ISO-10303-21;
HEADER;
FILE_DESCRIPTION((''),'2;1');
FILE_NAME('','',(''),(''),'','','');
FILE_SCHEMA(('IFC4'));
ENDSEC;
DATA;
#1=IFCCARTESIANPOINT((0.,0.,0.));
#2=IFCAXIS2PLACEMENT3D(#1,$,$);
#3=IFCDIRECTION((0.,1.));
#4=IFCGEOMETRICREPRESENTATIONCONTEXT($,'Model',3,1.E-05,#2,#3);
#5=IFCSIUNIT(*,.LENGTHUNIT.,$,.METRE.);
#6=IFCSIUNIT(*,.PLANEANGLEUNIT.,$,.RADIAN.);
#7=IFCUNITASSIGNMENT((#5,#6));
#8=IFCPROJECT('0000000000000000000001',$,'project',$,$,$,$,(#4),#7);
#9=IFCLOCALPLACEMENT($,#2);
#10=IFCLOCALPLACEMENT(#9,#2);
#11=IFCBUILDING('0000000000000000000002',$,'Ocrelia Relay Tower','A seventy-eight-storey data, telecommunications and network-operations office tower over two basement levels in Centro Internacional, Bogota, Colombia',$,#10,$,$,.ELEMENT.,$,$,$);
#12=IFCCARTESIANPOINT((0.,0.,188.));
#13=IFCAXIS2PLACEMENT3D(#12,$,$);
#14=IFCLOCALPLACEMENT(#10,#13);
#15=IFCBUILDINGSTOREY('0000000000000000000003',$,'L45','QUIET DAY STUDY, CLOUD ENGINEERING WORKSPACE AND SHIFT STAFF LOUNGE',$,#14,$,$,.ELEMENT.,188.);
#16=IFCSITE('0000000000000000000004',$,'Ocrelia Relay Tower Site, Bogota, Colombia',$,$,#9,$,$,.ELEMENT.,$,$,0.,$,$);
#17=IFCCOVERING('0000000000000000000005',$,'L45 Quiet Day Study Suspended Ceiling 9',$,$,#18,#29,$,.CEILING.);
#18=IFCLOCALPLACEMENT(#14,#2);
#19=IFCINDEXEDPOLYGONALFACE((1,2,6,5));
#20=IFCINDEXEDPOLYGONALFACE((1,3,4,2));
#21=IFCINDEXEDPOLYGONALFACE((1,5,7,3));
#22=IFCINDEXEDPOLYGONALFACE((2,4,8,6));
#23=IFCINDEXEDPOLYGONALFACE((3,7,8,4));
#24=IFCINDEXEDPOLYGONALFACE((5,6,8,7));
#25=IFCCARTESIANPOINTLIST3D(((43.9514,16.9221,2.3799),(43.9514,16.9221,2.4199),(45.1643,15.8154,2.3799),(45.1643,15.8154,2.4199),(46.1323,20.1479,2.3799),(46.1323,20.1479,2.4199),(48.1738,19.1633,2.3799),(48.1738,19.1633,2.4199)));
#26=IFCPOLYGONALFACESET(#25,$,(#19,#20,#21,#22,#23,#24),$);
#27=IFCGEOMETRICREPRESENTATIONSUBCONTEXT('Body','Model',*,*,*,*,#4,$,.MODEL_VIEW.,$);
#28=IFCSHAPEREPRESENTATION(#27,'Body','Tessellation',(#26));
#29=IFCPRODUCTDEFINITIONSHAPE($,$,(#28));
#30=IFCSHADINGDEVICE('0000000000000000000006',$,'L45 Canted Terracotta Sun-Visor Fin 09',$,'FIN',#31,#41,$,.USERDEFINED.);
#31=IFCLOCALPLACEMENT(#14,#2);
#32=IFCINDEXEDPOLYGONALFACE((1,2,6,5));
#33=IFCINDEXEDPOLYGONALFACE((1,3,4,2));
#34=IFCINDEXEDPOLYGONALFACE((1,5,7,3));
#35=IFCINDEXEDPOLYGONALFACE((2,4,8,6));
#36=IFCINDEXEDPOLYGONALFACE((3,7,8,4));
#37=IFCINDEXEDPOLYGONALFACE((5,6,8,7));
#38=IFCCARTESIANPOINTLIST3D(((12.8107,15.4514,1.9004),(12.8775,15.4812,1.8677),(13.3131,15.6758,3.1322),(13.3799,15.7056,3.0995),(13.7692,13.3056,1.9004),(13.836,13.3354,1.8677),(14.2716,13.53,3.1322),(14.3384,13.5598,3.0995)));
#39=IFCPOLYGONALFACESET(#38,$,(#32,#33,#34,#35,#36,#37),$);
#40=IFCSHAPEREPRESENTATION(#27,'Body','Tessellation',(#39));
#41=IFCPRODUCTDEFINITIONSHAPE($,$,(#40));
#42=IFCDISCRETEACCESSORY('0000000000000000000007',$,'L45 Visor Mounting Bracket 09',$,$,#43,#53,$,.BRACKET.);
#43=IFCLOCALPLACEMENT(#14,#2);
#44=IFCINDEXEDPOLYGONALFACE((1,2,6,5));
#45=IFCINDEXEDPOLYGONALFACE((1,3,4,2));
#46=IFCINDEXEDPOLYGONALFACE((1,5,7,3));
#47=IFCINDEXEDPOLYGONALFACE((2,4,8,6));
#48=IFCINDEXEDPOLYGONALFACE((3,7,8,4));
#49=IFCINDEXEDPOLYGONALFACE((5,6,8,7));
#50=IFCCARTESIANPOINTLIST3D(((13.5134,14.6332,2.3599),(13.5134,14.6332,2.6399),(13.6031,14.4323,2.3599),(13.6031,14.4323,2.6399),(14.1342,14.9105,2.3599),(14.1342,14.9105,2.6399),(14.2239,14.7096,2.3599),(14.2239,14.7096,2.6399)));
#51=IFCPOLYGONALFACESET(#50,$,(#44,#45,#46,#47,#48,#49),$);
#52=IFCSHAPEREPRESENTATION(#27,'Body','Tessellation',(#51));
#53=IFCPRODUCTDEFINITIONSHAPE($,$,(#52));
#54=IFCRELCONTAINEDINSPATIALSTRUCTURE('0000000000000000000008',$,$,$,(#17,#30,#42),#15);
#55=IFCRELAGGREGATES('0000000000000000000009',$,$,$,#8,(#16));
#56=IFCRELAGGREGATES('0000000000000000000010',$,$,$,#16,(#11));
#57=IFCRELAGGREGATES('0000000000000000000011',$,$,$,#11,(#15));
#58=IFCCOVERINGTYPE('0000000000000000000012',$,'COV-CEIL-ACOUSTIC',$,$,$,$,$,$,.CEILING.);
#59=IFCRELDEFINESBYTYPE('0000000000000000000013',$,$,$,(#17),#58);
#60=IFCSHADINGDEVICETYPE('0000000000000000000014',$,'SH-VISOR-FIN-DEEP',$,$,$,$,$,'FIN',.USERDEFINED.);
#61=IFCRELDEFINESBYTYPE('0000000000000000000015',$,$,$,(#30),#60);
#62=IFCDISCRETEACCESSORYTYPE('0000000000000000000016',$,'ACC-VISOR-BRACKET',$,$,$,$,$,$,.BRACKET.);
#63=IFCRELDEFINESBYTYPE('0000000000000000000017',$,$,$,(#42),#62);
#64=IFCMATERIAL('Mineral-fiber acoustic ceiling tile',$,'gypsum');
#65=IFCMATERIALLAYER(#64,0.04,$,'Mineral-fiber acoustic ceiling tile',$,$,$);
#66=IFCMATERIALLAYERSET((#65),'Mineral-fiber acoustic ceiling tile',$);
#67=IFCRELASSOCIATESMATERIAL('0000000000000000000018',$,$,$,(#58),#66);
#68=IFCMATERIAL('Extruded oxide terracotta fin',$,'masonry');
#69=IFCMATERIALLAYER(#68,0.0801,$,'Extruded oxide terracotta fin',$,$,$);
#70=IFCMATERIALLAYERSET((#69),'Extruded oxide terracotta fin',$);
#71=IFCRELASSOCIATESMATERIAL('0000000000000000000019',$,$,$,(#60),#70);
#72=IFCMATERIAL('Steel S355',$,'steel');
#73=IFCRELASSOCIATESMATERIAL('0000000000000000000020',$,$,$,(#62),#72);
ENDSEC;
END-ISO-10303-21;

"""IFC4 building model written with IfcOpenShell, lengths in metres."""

from ifc_helpers import new_model, si_unit, direction, frame, origin, origin_2d, place, context, subcontext, project, spatial, polyline, rectangle, outline, extrude, material, layer, layer_set, type_object, element, save


model = new_model("IFC4")

# Units and contexts
model_context = context("Model", 3, precision=1e-05, world=origin(), true_north=direction((0.0, 1.0)))
body_context = subcontext(model_context, "Body", "Model", "MODEL_VIEW")
ifc_project = project(units=[si_unit("LENGTHUNIT", "METRE"), si_unit("PLANEANGLEUNIT", "RADIAN")], contexts=[model_context])

# Site, building, storey
site_placement = place(None, origin())
site = spatial("IfcSite", under=ifc_project, at=site_placement, Name="Ocrelia Relay Tower Site, Bogota, Colombia", CompositionType="ELEMENT", RefElevation=0.0)
building_placement = place(site_placement, origin())
building = spatial("IfcBuilding", under=site, at=building_placement, Name="Ocrelia Relay Tower", Description="A seventy-eight-storey data, telecommunications and network-operations office tower over two basement levels in Centro Internacional, Bogota, Colombia", CompositionType="ELEMENT")
storey_placement = place(building_placement, frame((0.0, 0.0, 188.0)))
storey = spatial("IfcBuildingStorey", under=building, at=storey_placement, Name="L45", Description="QUIET DAY STUDY, CLOUD ENGINEERING WORKSPACE AND SHIFT STAFF LOUNGE", CompositionType="ELEMENT", Elevation=188.0)

# Covering
ifc_material_1 = material(Name="Mineral-fiber acoustic ceiling tile", Category="gypsum")
ifc_layer_1 = layer(ifc_material_1, 0.04, Name="Mineral-fiber acoustic ceiling tile")
ifc_layer_set_1 = layer_set([ifc_layer_1], Name="Mineral-fiber acoustic ceiling tile")
covering_type = type_object("IfcCoveringType", Name="COV-CEIL-ACOUSTIC", PredefinedType="CEILING", material=ifc_layer_set_1)
covering_1_placement = place(storey_placement, frame((0.0, 0.0, 2.3799)))
element("IfcCovering", 1, at=covering_1_placement, inside=storey, type_object=covering_type, Name="L45 Quiet Day Study Suspended Ceiling 9", PredefinedType="CEILING", context=body_context, shape_type="SweptSolid", body=[
    extrude(outline(polyline([(43.9514, 16.9221), (45.1643, 15.8154), (48.1738, 19.1633), (46.1323, 20.1479), (43.9514, 16.9221)])), origin(), (0.0, 0.0, 1.0), 0.04),
])

# Shading device
ifc_material_2 = material(Name="Extruded oxide terracotta fin", Category="masonry")
ifc_layer_2 = layer(ifc_material_2, 0.0801, Name="Extruded oxide terracotta fin")
ifc_layer_set_2 = layer_set([ifc_layer_2], Name="Extruded oxide terracotta fin")
shading_device_type = type_object("IfcShadingDeviceType", Name="SH-VISOR-FIN-DEEP", ElementType="FIN", PredefinedType="USERDEFINED", material=ifc_layer_set_2)
shading_device_placement = place(storey_placement, frame((13.6079, 14.5205, 2.4836), z_axis=(-0.833657, -0.372387, 0.407852), x_axis=(0.407851, -0.913049, 0.0)))
element("IfcShadingDevice", 2, at=shading_device_placement, inside=storey, type_object=shading_device_type, Name="L45 Canted Terracotta Sun-Visor Fin 09", ObjectType="FIN", PredefinedType="USERDEFINED", context=body_context, shape_type="SweptSolid", body=[
    extrude(rectangle(XDim=2.3501, YDim=1.3491, at=origin_2d()), origin(), (0.0, 0.0, 1.0), 0.0801),
])

# Discrete accessory
ifc_material_3 = material(Name="Steel S355", Category="steel")
discrete_accessory_type = type_object("IfcDiscreteAccessoryType", Name="ACC-VISOR-BRACKET", PredefinedType="BRACKET", material=ifc_material_3)
discrete_accessory_placement = place(storey_placement, frame((13.8687, 14.6714, 2.3599), z_axis=(0.0, 0.0, 1.0), x_axis=(0.407851, -0.913049, 0.0)))
element("IfcDiscreteAccessory", 3, at=discrete_accessory_placement, inside=storey, type_object=discrete_accessory_type, Name="L45 Visor Mounting Bracket 09", PredefinedType="BRACKET", context=body_context, shape_type="SweptSolid", body=[
    extrude(rectangle(XDim=0.22, YDim=0.6799, at=origin_2d()), origin(), (0.0, 0.0, 1.0), 0.28),
])

save(model, "model.ifc")
